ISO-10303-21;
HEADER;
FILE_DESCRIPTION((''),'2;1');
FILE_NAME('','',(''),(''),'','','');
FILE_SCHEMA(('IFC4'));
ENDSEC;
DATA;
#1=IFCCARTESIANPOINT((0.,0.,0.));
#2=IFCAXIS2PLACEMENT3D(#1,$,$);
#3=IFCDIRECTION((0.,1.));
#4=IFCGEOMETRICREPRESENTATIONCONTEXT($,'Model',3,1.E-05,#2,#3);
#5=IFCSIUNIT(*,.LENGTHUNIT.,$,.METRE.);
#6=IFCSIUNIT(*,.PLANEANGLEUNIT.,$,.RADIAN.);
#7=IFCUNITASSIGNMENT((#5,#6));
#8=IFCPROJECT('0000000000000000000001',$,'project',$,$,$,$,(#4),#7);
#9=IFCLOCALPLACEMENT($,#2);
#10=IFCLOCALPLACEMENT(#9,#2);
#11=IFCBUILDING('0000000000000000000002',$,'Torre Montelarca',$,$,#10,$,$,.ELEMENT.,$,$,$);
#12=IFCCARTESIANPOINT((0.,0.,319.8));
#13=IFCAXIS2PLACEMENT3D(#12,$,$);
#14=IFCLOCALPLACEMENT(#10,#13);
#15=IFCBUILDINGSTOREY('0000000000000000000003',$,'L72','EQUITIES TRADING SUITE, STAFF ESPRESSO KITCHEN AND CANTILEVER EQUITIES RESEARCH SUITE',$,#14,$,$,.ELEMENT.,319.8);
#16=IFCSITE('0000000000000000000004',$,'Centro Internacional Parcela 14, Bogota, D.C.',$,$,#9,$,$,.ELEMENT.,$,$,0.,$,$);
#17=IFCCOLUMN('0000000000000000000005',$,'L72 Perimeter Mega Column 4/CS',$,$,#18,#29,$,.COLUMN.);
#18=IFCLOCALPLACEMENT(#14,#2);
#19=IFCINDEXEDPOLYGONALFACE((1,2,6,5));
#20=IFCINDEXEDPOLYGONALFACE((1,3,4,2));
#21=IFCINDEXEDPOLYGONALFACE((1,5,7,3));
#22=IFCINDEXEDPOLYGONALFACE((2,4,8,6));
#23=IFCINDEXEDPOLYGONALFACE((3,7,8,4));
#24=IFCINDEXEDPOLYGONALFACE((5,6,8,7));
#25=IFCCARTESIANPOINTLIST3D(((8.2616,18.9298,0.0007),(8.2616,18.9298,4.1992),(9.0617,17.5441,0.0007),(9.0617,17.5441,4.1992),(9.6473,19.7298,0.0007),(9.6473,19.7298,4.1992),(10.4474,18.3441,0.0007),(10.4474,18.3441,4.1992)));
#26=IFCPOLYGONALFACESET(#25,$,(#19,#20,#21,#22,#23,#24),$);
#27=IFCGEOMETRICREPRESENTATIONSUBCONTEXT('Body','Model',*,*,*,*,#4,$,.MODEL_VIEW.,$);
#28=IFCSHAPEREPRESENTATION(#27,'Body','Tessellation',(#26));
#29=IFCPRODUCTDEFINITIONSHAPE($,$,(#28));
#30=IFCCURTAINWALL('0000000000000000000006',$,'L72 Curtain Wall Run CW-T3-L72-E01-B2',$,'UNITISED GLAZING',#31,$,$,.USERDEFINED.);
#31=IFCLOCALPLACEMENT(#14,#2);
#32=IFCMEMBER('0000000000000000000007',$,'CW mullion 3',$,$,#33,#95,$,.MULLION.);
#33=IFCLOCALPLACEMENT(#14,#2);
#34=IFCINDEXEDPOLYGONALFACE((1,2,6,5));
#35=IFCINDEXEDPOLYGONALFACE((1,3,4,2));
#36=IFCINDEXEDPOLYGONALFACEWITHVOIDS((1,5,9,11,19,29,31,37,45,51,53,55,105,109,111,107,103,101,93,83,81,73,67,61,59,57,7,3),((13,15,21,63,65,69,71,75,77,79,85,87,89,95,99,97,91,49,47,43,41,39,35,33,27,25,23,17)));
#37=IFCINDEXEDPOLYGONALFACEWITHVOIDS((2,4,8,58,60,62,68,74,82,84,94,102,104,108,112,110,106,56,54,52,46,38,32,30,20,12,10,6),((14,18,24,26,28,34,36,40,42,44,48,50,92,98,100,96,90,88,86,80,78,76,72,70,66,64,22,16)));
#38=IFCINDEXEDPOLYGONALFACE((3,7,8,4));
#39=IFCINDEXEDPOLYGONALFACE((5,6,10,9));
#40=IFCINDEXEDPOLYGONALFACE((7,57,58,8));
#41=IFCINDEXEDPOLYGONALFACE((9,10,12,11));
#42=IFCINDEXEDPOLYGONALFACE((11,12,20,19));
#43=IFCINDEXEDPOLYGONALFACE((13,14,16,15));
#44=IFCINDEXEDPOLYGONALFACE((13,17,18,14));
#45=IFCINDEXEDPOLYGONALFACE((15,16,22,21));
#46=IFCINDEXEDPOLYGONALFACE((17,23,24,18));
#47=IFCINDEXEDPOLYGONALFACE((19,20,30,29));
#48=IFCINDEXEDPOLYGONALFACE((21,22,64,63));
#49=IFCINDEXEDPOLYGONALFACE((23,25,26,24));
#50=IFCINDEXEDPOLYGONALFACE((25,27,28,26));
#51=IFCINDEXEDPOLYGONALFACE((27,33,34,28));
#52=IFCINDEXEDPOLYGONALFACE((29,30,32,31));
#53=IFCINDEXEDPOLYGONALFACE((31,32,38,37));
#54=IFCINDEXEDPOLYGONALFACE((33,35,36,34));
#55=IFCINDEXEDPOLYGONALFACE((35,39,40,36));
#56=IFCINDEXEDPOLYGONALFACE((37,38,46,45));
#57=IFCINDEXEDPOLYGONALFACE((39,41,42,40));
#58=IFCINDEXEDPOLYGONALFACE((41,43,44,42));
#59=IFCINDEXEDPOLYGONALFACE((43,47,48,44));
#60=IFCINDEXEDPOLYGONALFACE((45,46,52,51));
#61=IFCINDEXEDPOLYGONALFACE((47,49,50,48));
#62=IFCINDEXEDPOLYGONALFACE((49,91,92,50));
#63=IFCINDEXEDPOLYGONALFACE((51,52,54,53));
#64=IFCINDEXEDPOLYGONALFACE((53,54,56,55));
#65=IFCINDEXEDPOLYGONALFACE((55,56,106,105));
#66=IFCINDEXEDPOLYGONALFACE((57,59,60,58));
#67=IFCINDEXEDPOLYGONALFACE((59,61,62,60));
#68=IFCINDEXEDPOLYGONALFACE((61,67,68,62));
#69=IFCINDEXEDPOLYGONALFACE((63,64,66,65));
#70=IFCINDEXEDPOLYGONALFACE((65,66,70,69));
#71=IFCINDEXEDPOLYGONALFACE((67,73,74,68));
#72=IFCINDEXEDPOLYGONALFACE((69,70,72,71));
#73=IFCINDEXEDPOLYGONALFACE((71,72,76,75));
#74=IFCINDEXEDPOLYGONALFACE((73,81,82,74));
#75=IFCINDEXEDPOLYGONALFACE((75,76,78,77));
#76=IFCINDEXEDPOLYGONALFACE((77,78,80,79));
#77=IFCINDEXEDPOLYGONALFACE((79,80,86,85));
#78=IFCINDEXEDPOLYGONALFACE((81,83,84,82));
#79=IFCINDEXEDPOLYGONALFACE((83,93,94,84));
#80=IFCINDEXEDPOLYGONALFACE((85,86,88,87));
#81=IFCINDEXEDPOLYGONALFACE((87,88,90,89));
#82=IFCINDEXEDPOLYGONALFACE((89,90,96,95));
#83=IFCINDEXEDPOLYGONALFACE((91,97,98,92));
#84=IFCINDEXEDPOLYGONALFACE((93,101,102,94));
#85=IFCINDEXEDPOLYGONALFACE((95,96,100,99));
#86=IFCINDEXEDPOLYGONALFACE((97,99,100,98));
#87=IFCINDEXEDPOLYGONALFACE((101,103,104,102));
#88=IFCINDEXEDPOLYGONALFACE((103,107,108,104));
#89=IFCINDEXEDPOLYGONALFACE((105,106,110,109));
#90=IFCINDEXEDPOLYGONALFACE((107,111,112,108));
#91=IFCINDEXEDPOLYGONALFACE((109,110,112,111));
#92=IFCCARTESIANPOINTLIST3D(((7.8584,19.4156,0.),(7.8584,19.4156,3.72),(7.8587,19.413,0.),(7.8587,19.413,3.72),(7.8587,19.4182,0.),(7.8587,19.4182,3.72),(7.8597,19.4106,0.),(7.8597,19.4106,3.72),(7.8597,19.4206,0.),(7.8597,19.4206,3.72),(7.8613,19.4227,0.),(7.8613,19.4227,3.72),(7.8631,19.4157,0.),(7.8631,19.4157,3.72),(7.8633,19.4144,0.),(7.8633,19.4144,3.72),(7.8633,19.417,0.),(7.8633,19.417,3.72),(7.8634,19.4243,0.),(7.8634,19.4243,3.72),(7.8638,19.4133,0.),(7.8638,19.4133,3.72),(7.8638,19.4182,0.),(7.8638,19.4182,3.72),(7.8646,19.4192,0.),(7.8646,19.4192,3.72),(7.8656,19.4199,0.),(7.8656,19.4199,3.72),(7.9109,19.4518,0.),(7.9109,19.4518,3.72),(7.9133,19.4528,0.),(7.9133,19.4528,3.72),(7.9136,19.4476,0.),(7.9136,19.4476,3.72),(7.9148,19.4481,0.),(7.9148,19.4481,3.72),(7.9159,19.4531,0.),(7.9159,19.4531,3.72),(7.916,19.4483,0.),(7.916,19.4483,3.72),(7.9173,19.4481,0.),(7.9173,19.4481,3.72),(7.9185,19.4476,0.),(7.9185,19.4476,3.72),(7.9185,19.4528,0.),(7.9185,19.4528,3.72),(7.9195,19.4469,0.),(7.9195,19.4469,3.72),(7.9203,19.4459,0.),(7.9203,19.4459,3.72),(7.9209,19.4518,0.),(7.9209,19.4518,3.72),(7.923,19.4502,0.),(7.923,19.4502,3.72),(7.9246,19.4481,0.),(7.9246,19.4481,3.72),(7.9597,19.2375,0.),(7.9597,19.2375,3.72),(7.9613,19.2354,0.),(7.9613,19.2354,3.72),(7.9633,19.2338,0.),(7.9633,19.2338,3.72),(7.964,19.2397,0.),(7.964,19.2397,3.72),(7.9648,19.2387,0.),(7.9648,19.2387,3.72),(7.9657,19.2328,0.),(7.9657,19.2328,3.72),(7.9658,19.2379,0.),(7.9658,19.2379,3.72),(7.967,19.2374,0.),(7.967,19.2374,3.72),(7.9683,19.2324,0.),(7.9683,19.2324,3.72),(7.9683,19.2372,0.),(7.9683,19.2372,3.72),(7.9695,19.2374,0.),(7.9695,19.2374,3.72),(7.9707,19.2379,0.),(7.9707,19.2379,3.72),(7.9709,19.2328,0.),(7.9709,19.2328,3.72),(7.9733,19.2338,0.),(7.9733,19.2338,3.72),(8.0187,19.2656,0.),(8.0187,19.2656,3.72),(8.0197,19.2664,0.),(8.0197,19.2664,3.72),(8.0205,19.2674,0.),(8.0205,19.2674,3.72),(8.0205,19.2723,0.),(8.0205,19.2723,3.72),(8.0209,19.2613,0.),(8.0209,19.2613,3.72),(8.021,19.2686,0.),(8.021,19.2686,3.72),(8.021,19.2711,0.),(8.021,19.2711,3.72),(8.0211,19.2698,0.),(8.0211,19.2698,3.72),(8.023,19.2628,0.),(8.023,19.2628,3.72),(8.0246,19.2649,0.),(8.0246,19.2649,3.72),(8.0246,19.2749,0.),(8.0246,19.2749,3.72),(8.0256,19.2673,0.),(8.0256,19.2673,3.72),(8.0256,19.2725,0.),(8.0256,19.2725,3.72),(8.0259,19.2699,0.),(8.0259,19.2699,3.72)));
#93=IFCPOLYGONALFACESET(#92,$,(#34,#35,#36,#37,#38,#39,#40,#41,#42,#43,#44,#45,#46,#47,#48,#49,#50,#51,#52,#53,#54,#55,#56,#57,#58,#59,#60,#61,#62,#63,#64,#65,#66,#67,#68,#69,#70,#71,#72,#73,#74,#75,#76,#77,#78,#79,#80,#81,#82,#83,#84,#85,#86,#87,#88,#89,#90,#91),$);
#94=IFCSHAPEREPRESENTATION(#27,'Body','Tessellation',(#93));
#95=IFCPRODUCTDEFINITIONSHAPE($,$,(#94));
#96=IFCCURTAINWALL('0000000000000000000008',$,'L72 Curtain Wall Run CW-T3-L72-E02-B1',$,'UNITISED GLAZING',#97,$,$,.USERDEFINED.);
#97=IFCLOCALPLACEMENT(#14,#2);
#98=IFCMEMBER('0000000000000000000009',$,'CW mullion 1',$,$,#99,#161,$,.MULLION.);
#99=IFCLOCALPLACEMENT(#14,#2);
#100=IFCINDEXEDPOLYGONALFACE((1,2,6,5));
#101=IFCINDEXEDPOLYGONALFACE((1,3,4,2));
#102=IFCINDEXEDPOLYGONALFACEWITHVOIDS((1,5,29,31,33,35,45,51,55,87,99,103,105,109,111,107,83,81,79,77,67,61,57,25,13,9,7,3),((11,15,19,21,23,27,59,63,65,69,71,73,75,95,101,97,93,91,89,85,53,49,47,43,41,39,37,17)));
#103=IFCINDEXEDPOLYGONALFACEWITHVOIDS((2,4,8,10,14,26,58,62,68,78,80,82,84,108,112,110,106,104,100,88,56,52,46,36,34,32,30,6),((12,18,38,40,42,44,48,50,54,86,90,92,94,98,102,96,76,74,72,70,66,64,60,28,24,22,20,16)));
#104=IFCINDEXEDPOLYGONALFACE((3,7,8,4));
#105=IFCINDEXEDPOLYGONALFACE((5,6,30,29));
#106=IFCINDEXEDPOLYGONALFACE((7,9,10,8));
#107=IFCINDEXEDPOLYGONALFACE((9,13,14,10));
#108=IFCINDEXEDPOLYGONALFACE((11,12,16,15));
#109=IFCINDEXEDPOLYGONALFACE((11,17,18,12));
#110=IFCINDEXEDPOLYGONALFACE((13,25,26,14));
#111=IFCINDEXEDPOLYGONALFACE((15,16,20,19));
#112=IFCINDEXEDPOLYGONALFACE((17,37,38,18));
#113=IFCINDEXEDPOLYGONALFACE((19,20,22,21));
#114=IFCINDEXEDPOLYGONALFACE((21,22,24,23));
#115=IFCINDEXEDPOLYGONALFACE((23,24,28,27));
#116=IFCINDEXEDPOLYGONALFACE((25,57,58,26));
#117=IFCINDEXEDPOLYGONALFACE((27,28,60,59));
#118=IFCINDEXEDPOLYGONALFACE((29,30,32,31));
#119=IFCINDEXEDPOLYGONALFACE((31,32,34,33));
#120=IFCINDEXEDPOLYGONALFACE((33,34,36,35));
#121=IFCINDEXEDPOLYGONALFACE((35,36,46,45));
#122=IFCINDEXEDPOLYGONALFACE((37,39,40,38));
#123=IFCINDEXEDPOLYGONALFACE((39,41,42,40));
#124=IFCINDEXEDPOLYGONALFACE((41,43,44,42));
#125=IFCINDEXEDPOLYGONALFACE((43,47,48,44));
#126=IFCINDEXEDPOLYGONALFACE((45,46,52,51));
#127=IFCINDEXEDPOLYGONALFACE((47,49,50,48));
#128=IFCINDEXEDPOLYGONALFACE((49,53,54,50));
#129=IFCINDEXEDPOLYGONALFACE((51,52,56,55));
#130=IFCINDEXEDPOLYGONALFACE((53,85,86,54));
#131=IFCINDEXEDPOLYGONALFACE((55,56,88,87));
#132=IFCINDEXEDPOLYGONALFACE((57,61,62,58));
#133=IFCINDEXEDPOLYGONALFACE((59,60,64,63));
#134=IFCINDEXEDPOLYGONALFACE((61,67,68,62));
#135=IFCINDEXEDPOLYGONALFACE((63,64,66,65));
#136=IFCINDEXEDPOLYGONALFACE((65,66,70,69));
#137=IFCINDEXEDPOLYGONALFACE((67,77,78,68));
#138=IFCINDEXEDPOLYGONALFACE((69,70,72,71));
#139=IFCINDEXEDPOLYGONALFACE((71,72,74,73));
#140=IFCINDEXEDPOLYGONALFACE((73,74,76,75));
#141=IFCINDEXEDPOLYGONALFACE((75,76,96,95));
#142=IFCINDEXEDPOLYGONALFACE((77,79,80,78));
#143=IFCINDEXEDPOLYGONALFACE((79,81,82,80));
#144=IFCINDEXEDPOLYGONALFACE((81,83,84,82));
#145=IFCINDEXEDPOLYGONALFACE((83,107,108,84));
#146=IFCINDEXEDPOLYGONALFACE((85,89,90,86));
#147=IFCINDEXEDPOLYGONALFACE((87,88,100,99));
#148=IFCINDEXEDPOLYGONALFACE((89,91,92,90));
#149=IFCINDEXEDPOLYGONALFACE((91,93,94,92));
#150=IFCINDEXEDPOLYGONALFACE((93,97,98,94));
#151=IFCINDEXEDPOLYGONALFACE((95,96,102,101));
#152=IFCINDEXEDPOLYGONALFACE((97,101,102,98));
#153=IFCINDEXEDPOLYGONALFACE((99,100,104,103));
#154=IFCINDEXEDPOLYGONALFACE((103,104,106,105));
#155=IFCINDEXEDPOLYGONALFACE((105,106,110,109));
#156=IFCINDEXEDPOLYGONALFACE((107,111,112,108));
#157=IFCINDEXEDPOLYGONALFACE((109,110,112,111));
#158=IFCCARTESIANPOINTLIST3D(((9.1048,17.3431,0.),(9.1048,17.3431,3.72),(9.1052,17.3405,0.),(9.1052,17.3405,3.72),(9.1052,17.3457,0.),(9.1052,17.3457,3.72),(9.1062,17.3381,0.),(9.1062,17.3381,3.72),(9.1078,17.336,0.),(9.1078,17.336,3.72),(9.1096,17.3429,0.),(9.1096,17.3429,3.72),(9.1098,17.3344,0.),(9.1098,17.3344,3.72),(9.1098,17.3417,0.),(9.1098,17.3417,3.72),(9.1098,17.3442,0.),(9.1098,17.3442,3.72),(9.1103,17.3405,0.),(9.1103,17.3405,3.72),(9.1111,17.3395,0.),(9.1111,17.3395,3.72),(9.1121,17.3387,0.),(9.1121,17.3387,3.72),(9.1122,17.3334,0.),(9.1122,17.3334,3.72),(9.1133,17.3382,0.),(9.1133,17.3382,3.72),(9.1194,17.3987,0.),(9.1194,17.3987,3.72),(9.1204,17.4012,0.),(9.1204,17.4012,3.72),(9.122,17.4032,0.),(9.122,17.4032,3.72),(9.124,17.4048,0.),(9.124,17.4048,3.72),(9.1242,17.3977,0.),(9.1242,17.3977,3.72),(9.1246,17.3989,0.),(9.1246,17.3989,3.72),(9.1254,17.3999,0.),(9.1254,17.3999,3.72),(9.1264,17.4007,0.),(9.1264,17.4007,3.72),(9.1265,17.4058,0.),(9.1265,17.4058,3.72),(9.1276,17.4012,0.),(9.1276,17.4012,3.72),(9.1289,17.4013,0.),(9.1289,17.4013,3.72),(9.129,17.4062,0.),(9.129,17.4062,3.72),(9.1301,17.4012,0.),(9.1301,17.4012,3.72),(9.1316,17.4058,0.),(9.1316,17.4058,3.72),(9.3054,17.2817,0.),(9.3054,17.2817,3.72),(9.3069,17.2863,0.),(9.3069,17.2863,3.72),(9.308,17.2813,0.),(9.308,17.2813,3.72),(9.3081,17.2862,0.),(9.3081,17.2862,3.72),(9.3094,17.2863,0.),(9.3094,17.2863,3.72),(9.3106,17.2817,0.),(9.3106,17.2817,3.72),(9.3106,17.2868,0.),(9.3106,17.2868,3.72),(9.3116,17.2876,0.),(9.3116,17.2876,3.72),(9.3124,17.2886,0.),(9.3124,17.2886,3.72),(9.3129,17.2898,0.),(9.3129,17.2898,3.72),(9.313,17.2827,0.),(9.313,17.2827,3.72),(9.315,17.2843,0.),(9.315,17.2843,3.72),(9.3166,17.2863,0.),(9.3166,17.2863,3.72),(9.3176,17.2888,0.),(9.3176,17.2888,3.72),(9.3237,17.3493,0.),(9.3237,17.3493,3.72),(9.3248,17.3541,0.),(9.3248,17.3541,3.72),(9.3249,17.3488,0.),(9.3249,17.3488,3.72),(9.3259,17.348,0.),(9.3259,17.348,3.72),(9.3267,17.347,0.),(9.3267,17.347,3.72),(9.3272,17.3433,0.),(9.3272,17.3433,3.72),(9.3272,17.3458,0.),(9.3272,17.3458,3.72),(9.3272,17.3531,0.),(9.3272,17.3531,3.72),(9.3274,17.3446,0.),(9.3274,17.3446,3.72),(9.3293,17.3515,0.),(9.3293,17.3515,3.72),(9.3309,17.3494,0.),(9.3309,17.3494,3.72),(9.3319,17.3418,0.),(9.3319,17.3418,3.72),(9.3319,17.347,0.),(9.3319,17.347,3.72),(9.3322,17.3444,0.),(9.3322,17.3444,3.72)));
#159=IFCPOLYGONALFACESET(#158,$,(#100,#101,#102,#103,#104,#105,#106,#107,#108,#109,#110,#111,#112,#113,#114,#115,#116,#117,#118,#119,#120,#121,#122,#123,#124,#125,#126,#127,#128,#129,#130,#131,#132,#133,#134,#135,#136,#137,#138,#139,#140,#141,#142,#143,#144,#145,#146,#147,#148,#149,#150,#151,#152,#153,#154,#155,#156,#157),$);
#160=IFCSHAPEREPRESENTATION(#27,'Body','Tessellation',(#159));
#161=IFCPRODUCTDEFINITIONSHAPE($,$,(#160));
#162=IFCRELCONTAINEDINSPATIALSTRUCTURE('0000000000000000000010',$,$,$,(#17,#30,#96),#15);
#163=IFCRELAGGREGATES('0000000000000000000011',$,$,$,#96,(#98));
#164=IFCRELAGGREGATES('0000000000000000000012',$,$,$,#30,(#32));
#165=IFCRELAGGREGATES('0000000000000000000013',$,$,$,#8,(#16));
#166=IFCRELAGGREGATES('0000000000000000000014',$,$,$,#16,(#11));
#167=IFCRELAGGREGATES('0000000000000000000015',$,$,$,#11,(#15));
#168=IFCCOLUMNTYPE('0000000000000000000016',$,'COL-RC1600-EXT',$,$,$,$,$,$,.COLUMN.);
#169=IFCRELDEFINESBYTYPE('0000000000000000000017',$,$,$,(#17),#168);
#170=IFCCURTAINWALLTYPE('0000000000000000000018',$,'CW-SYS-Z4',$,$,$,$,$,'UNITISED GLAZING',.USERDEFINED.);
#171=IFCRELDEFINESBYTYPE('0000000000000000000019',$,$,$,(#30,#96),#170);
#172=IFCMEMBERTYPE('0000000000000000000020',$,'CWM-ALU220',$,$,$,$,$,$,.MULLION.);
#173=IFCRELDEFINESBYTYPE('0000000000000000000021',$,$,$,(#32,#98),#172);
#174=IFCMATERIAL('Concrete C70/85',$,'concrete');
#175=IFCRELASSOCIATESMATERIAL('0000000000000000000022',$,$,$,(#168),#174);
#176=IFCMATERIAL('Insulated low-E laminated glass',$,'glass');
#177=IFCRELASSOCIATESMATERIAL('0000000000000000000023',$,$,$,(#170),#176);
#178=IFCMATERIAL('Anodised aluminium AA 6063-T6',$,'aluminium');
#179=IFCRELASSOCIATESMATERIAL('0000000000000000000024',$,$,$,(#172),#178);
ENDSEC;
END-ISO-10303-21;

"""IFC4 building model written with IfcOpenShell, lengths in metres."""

from ifc_helpers import new_model, si_unit, direction, frame, origin, origin_2d, place, context, subcontext, project, spatial, rectangle, hollow_rectangle, extrude, source, transform, mapped, material, material_profile, profile_set, type_object, element, aggregate, save


model = new_model("IFC4")

# Units and contexts
model_context = context("Model", 3, precision=1e-05, world=origin(), true_north=direction((0.0, 1.0)))
body_context = subcontext(model_context, "Body", "Model", "MODEL_VIEW")
ifc_project = project(units=[si_unit("LENGTHUNIT", "METRE"), si_unit("PLANEANGLEUNIT", "RADIAN")], contexts=[model_context])

# Site, building, storey
site_placement = place(None, origin())
site = spatial("IfcSite", under=ifc_project, at=site_placement, Name="Centro Internacional Parcela 14, Bogota, D.C.", CompositionType="ELEMENT", RefElevation=0.0)
building_placement = place(site_placement, origin())
building = spatial("IfcBuilding", under=site, at=building_placement, Name="Torre Montelarca", CompositionType="ELEMENT")
storey_placement = place(building_placement, frame((0.0, 0.0, 319.8)))
storey = spatial("IfcBuildingStorey", under=building, at=storey_placement, Name="L72", Description="EQUITIES TRADING SUITE, STAFF ESPRESSO KITCHEN AND CANTILEVER EQUITIES RESEARCH SUITE", CompositionType="ELEMENT", Elevation=319.8)

# Column
ifc_material_1 = material(Name="Concrete C70/85", Category="concrete")
ifc_material_profile_1 = material_profile(ifc_material_1, rectangle(XDim=1.6001, YDim=1.6001, at=origin_2d()), Name="RC1600X1600", Category="concrete")
ifc_profile_set_1 = profile_set([ifc_material_profile_1], Name="Concrete C70/85")
column_type = type_object("IfcColumnType", Name="COL-RC1600-EXT", PredefinedType="COLUMN", material=ifc_profile_set_1)
shared_shape_1 = source(origin(), body_context, "Body", "SweptSolid", [
    extrude(rectangle(XDim=1.6001, YDim=1.6001, at=origin_2d()), origin(), (0.0, 0.0, 1.0), 4.1985),
])
column_placement = place(storey_placement, frame((9.3545, 18.637, 0.0007), z_axis=(0.0, 0.0, 1.0), x_axis=(-0.5, 0.866025, 0.0)))
element("IfcColumn", 1, at=column_placement, inside=storey, type_object=column_type, Name="L72 Perimeter Mega Column 4/CS", PredefinedType="COLUMN", context=body_context, shape_type="MappedRepresentation", body=[
    mapped(shared_shape_1, transform((0.0, 0.0, 0.0), scale=1.0)),
])

# Curtain wall, member
ifc_material_2 = material(Name="Insulated low-E laminated glass", Category="glass")
curtain_wall_type = type_object("IfcCurtainWallType", Name="CW-SYS-Z4", ElementType="UNITISED GLAZING", PredefinedType="USERDEFINED", material=ifc_material_2)
curtain_wall_1_placement = place(storey_placement, origin())
curtain_wall_1 = element("IfcCurtainWall", 2, at=curtain_wall_1_placement, inside=storey, type_object=curtain_wall_type, Name="L72 Curtain Wall Run CW-T3-L72-E01-B2", ObjectType="UNITISED GLAZING", PredefinedType="USERDEFINED")
ifc_material_3 = material(Name="Anodised aluminium AA 6063-T6", Category="aluminium")
ifc_material_profile_2 = material_profile(ifc_material_3, hollow_rectangle(XDim=0.075, YDim=0.22, WallThickness=0.0049, InnerFilletRadius=0.0049, OuterFilletRadius=0.01, at=origin_2d()), Name="ALU75X220X5", Category="aluminium")
ifc_profile_set_2 = profile_set([ifc_material_profile_2], Name="Anodised aluminium AA 6063-T6")
member_type_1 = type_object("IfcMemberType", Name="CWM-ALU220", PredefinedType="MULLION", material=ifc_profile_set_2)
shared_shape_2 = source(origin(), body_context, "Body", "SweptSolid", [
    extrude(hollow_rectangle(XDim=0.075, YDim=0.22, WallThickness=0.0049, InnerFilletRadius=0.0049, OuterFilletRadius=0.01, at=origin_2d()), origin(), (0.0, 0.0, 1.0), 3.72),
])
member_1_placement = place(storey_placement, frame((7.9421, 19.3428, 0.0), z_axis=(0.0, 0.0, 1.0), x_axis=(0.866025, 0.5, 0.0)))
member_1 = element("IfcMember", 3, at=member_1_placement, type_object=member_type_1, Name="CW mullion 3", PredefinedType="MULLION", context=body_context, shape_type="MappedRepresentation", body=[
    mapped(shared_shape_2, transform((0.0, 0.0, 0.0), scale=1.0)),
])

# Curtain wall, member
curtain_wall_2_placement = place(storey_placement, origin())
curtain_wall_2 = element("IfcCurtainWall", 4, at=curtain_wall_2_placement, inside=storey, type_object=curtain_wall_type, Name="L72 Curtain Wall Run CW-T3-L72-E02-B1", ObjectType="UNITISED GLAZING", PredefinedType="USERDEFINED")
member_2_placement = place(storey_placement, frame((9.2185, 17.3438, 0.0), z_axis=(0.0, 0.0, 1.0), x_axis=(0.25882, 0.965926, 0.0)))
member_2 = element("IfcMember", 5, at=member_2_placement, type_object=member_type_1, Name="CW mullion 1", PredefinedType="MULLION", context=body_context, shape_type="MappedRepresentation", body=[
    mapped(shared_shape_2, transform((0.0, 0.0, 0.0), scale=1.0)),
])

aggregate(curtain_wall_2, [member_2])
aggregate(curtain_wall_1, [member_1])

save(model, "model.ifc")
